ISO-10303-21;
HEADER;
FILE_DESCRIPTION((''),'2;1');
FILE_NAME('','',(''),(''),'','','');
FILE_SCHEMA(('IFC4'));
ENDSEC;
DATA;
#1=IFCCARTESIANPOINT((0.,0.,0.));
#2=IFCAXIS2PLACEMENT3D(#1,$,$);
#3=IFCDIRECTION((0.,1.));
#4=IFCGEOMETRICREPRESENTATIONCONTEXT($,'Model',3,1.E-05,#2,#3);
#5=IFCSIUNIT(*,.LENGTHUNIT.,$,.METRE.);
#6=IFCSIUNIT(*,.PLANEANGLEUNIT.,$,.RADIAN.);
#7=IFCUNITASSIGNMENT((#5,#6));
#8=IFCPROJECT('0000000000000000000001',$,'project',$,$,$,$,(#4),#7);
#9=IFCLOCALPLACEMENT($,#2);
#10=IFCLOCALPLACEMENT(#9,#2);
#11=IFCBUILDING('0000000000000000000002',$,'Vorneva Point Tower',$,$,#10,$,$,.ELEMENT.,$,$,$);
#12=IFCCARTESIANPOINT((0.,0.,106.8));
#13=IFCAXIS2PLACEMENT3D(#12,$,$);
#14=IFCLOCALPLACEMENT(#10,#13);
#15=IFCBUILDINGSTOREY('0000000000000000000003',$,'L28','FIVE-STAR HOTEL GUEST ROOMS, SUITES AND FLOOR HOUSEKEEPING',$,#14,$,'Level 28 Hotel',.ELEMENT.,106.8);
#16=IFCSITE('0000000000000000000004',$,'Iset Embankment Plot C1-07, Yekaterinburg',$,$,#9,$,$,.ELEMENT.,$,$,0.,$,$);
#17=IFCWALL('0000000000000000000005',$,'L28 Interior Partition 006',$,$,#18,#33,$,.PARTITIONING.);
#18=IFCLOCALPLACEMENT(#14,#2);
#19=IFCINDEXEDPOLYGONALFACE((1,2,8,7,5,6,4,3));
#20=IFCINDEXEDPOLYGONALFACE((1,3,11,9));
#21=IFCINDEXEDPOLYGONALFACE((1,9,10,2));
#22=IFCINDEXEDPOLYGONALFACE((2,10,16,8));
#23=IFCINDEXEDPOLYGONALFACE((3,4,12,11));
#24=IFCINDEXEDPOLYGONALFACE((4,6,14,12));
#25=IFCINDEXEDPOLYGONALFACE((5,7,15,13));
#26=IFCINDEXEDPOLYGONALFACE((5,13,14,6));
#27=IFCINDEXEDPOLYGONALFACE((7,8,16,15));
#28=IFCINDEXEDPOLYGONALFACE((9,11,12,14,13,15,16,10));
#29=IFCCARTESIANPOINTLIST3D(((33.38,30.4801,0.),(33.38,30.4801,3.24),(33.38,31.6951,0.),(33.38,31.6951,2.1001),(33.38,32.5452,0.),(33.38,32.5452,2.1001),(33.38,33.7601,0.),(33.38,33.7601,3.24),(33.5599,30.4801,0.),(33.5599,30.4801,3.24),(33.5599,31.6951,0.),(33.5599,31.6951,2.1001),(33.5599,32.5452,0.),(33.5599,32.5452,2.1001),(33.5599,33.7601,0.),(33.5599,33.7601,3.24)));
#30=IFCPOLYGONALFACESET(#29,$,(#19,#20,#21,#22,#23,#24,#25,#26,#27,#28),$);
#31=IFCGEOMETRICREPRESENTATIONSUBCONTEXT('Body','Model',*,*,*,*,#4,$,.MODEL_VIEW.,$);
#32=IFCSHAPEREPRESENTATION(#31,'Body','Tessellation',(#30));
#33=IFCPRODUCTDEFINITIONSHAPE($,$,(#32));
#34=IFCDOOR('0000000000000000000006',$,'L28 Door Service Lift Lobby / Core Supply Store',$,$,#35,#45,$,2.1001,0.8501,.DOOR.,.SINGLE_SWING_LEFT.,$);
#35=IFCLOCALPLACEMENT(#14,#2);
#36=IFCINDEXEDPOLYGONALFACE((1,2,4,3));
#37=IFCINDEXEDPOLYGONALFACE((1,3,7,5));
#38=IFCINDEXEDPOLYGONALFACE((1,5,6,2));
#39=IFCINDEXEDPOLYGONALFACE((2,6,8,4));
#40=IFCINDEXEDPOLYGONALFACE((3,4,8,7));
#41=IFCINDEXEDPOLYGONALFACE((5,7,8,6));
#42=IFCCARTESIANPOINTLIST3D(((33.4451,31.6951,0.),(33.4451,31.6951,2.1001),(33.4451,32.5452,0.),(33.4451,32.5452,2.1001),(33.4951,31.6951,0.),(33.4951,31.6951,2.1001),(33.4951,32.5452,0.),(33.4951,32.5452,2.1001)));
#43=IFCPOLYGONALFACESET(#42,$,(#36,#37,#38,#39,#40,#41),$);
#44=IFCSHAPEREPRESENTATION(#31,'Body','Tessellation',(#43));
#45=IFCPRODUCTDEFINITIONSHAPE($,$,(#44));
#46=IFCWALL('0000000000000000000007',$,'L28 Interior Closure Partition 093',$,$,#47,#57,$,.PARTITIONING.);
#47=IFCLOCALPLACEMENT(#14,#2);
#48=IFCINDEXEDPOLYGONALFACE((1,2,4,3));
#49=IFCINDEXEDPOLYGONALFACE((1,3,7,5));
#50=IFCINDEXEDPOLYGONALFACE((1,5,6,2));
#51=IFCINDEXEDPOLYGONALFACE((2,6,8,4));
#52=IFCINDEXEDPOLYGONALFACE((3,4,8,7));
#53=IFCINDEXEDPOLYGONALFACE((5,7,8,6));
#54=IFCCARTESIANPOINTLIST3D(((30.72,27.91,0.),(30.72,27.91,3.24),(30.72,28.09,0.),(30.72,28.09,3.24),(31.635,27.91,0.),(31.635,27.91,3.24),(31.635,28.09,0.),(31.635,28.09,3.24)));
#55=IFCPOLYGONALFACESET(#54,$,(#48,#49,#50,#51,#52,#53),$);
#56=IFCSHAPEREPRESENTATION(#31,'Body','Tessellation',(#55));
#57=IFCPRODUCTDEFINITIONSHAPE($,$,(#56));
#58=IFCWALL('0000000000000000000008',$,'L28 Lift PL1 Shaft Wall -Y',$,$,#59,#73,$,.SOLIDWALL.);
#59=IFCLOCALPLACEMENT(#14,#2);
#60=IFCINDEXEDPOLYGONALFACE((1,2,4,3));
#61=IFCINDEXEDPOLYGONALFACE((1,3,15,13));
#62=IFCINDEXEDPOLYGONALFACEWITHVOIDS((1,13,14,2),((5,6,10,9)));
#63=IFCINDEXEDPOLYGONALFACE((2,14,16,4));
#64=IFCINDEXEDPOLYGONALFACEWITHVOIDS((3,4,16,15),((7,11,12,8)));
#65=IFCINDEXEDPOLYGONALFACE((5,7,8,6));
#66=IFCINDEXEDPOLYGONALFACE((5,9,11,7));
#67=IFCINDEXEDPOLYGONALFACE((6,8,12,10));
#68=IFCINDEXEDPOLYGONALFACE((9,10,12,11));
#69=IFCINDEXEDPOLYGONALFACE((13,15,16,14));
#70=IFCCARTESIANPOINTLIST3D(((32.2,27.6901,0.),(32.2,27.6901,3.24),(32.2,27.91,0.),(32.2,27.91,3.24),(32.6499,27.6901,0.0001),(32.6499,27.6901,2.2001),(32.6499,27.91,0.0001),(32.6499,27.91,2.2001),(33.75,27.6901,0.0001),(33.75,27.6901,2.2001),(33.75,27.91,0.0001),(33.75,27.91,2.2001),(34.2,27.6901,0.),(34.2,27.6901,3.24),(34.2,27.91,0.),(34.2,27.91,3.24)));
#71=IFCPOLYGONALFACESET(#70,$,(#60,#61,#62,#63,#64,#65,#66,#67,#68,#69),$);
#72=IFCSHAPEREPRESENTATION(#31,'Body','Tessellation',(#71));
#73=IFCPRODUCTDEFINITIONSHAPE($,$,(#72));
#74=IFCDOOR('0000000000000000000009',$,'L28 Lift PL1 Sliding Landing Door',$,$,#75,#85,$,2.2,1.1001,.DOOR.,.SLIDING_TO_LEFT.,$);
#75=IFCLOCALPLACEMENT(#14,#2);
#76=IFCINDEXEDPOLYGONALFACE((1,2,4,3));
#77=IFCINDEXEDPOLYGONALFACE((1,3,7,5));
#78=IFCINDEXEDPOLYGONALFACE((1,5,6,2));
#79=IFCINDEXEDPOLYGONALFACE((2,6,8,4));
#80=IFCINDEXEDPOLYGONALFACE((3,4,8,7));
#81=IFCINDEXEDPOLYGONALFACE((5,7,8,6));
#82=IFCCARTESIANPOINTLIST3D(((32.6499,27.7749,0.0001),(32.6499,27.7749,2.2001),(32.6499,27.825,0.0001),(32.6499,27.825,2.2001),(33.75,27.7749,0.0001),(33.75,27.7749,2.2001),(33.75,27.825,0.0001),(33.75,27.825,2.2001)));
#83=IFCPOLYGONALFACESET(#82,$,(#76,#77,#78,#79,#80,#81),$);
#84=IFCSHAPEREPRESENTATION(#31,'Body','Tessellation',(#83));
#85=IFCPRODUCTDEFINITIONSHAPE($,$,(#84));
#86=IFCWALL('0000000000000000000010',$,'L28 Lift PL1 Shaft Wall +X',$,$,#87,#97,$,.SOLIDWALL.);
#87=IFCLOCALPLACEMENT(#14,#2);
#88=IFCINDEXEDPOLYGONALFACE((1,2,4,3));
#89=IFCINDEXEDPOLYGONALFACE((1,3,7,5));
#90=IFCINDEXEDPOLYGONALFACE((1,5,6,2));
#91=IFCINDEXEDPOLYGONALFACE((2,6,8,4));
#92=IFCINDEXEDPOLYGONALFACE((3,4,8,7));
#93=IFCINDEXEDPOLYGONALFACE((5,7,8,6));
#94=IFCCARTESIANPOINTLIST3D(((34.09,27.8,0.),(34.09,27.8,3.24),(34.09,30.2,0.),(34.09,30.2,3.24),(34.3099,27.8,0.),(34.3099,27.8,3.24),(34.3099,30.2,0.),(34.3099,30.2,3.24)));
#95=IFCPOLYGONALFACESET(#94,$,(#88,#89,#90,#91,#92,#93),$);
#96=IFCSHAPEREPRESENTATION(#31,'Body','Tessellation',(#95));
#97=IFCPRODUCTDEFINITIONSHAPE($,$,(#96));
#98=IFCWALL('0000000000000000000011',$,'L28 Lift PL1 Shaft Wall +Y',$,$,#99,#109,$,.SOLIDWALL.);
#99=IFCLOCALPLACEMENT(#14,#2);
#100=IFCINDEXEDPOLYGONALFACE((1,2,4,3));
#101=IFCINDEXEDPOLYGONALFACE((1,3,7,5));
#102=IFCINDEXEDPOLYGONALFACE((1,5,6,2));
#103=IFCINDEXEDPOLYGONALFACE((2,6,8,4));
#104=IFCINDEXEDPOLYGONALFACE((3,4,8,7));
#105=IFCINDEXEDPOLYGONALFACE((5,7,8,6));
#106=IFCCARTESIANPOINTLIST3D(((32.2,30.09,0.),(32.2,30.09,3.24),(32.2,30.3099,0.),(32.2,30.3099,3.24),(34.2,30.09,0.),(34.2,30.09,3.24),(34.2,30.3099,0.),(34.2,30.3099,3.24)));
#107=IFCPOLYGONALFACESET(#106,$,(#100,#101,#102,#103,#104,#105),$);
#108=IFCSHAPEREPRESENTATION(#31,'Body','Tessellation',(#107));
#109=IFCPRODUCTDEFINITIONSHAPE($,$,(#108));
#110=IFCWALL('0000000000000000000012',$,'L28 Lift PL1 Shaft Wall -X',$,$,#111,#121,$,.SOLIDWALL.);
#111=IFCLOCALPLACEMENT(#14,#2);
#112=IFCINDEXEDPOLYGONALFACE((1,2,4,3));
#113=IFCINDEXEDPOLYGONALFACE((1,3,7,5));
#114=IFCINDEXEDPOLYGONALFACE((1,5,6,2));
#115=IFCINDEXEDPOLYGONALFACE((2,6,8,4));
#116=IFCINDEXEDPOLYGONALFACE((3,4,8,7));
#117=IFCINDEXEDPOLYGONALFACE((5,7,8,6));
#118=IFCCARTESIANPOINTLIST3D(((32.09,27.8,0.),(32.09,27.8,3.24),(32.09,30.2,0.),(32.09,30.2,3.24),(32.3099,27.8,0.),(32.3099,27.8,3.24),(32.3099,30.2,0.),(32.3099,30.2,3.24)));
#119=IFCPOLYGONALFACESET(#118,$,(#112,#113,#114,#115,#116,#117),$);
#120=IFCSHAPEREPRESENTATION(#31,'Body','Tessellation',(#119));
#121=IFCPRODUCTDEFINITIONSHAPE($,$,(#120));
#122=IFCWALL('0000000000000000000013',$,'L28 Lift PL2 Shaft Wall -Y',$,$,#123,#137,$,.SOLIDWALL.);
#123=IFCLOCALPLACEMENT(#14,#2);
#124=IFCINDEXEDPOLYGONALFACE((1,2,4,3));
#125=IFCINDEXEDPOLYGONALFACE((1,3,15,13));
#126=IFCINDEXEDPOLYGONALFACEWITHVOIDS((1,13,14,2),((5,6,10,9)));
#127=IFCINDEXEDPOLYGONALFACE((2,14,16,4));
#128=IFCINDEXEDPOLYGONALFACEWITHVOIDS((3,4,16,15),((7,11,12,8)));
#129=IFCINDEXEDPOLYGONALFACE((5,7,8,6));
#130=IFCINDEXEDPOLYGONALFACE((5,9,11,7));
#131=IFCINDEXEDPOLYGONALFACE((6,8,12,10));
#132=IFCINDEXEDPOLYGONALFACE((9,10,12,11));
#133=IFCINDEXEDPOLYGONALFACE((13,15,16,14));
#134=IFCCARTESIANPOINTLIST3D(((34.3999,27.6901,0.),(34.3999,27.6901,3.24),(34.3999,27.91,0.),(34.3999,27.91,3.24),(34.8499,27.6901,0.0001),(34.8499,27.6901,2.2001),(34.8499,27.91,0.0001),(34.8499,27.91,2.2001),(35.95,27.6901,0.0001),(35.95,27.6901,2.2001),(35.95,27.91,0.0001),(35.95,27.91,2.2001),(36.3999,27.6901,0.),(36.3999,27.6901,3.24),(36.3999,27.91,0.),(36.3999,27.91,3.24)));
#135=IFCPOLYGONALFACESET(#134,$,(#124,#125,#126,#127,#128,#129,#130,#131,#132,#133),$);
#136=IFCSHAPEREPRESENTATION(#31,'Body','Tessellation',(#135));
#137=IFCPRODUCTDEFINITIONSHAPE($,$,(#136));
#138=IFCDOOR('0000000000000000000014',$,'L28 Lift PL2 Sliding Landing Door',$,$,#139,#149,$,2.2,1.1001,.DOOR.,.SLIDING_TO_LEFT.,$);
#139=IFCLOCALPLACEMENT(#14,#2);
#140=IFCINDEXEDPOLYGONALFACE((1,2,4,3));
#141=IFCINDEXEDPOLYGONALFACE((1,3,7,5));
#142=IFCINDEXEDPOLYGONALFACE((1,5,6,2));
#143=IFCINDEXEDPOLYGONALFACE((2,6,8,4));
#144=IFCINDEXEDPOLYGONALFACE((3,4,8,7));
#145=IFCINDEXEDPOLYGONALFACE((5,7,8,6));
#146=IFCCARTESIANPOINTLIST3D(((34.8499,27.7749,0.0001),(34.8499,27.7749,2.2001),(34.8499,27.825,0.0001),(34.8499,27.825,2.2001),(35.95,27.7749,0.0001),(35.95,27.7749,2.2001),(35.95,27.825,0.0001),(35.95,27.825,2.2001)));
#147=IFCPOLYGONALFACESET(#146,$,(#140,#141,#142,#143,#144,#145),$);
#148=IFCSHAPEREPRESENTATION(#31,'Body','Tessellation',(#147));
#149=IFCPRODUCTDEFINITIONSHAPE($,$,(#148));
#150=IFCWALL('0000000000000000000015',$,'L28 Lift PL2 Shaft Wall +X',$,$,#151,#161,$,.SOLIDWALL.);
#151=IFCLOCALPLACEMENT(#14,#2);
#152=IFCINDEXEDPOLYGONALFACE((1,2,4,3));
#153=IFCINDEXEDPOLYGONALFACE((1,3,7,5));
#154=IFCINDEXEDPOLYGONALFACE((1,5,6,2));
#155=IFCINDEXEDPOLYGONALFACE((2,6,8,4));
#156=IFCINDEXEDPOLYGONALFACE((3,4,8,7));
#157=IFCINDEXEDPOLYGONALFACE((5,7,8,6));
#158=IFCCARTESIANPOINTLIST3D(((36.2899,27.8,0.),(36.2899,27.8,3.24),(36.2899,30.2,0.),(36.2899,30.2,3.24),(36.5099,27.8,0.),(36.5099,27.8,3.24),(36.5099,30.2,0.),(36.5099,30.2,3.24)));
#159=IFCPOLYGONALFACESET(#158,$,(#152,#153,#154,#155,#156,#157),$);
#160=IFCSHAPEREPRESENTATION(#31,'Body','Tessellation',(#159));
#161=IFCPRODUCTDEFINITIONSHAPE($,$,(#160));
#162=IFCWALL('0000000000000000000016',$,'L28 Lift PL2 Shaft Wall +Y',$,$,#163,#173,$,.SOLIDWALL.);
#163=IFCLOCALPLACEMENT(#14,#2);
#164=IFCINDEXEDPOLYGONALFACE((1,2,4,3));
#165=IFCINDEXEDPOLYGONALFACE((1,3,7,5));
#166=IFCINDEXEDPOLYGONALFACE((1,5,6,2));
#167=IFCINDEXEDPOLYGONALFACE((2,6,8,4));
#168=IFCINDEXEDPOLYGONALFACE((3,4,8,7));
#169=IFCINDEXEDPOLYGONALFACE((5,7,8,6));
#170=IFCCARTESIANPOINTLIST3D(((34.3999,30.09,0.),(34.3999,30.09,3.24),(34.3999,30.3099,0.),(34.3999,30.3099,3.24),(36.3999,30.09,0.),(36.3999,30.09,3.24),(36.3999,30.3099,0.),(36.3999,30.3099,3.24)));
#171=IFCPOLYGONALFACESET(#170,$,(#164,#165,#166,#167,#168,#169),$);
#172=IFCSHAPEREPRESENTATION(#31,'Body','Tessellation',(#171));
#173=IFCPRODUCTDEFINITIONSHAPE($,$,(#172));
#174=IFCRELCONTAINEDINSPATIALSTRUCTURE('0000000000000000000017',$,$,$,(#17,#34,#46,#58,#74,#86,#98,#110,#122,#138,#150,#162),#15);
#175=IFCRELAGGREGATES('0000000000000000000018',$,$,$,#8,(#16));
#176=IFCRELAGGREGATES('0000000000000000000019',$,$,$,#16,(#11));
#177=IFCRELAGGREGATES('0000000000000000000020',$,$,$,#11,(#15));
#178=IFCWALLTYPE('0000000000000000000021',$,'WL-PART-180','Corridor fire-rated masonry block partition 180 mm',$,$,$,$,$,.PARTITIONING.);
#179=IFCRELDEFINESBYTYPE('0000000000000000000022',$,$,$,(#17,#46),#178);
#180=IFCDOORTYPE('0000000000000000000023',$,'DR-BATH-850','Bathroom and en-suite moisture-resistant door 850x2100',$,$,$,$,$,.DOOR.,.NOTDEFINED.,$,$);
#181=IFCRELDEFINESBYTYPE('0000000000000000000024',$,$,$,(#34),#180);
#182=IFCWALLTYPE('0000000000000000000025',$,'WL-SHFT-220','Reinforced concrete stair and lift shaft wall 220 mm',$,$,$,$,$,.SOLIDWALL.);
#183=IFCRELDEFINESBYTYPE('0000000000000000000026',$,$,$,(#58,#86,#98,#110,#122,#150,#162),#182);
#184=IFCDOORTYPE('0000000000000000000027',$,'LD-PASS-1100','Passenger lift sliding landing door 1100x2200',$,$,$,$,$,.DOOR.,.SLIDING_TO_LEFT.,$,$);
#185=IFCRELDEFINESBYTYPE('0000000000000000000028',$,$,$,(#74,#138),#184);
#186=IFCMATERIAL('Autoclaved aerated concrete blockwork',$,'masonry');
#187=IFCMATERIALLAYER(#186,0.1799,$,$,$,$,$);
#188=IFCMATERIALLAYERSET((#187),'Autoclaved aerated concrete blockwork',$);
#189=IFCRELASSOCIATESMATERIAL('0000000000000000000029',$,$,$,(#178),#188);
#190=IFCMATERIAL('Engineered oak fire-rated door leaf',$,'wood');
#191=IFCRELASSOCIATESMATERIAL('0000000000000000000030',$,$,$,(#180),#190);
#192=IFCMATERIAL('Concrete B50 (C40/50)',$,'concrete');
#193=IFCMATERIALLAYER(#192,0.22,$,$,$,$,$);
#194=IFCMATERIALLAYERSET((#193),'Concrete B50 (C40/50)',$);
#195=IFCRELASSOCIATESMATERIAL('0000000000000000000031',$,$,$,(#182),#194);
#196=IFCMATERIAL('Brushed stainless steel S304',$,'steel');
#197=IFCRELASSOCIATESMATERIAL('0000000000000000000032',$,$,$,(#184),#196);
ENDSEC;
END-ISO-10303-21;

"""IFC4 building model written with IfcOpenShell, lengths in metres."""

from ifc_helpers import new_model, si_unit, direction, frame, frame_2d, origin, place, context, subcontext, project, spatial, rectangle, extrude, material, layer, layer_set, type_object, element, fill, save


model = new_model("IFC4")

# Units and contexts
model_context = context("Model", 3, precision=1e-05, world=origin(), true_north=direction((0.0, 1.0)))
body_context = subcontext(model_context, "Body", "Model", "MODEL_VIEW")
ifc_project = project(units=[si_unit("LENGTHUNIT", "METRE"), si_unit("PLANEANGLEUNIT", "RADIAN")], contexts=[model_context])

# Site, building, storey
site_placement = place(None, origin())
site = spatial("IfcSite", under=ifc_project, at=site_placement, Name="Iset Embankment Plot C1-07, Yekaterinburg", CompositionType="ELEMENT", RefElevation=0.0)
building_placement = place(site_placement, origin())
building = spatial("IfcBuilding", under=site, at=building_placement, Name="Vorneva Point Tower", CompositionType="ELEMENT")
storey_placement = place(building_placement, frame((0.0, 0.0, 106.8)))
storey = spatial("IfcBuildingStorey", under=building, at=storey_placement, Name="L28", Description="FIVE-STAR HOTEL GUEST ROOMS, SUITES AND FLOOR HOUSEKEEPING", LongName="Level 28 Hotel", CompositionType="ELEMENT", Elevation=106.8)

# Shared definitions
ifc_material_1 = material(Name="Brushed stainless steel S304", Category="steel")

# Wall, opening, door
ifc_material_2 = material(Name="Autoclaved aerated concrete blockwork", Category="masonry")
ifc_layer_1 = layer(ifc_material_2, 0.1799)
ifc_layer_set_1 = layer_set([ifc_layer_1], Name="Autoclaved aerated concrete blockwork")
wall_type_1 = type_object("IfcWallType", Name="WL-PART-180", Description="Corridor fire-rated masonry block partition 180 mm", PredefinedType="PARTITIONING", material=ifc_layer_set_1)
wall_1_placement = place(storey_placement, frame((33.47, 30.48, 0.0), z_axis=(0.0, 0.0, 1.0), x_axis=(0.0, 1.0, 0.0)))
wall_1 = element("IfcWall", 1, at=wall_1_placement, inside=storey, type_object=wall_type_1, Name="L28 Interior Partition 006", PredefinedType="PARTITIONING", context=body_context, shape_type="SweptSolid", body=[
    extrude(rectangle(XDim=3.28, YDim=0.1799, at=frame_2d((1.6401, 0.0))), origin(), (0.0, 0.0, 1.0), 3.24),
])
opening_1_placement = place(wall_1_placement, frame((1.2151, 0.0, 0.0)))
opening_1 = element("IfcOpeningElement", 2, at=opening_1_placement, cuts=wall_1, PredefinedType="OPENING", context=body_context, shape_type="SweptSolid", body=[
    extrude(rectangle(XDim=0.8501, YDim=2.1001, at=frame_2d((0.425, 1.05))), frame((0.0, 0.105, 0.0), z_axis=(0.0, -1.0, 0.0), x_axis=(1.0, 0.0, 0.0)), (0.0, 0.0, 1.0), 0.2097),
])
ifc_material_3 = material(Name="Engineered oak fire-rated door leaf", Category="wood")
door_type_1 = type_object("IfcDoorType", Name="DR-BATH-850", Description="Bathroom and en-suite moisture-resistant door 850x2100", OperationType="NOTDEFINED", PredefinedType="DOOR", material=ifc_material_3)
door_1_placement = place(opening_1_placement, origin())
door_1 = element("IfcDoor", 3, at=door_1_placement, inside=storey, type_object=door_type_1, Name="L28 Door Service Lift Lobby / Core Supply Store", OperationType="SINGLE_SWING_LEFT", OverallHeight=2.1001, OverallWidth=0.8501, PredefinedType="DOOR", context=body_context, shape_type="SweptSolid", body=[
    extrude(rectangle(XDim=0.8501, YDim=2.1001, at=frame_2d((0.425, 1.05))), frame((0.0, 0.0249, 0.0), z_axis=(0.0, -1.0, 0.0), x_axis=(1.0, 0.0, 0.0)), (0.0, 0.0, 1.0), 0.05),
])
fill(opening_1, door_1)

# Wall
wall_2_placement = place(storey_placement, frame((31.635, 28.0, 0.0), z_axis=(0.0, 0.0, 1.0), x_axis=(-1.0, 0.0, 0.0)))
element("IfcWall", 4, at=wall_2_placement, inside=storey, type_object=wall_type_1, Name="L28 Interior Closure Partition 093", PredefinedType="PARTITIONING", context=body_context, shape_type="SweptSolid", body=[
    extrude(rectangle(XDim=0.915, YDim=0.1799, at=frame_2d((0.4575, 0.0))), origin(), (0.0, 0.0, 1.0), 3.24),
])

# Wall, opening, door
ifc_material_4 = material(Name="Concrete B50 (C40/50)", Category="concrete")
ifc_layer_2 = layer(ifc_material_4, 0.22)
ifc_layer_set_2 = layer_set([ifc_layer_2], Name="Concrete B50 (C40/50)")
wall_type_2 = type_object("IfcWallType", Name="WL-SHFT-220", Description="Reinforced concrete stair and lift shaft wall 220 mm", PredefinedType="SOLIDWALL", material=ifc_layer_set_2)
wall_3_placement = place(storey_placement, frame((32.2, 27.8, 0.0), z_axis=(0.0, 0.0, 1.0), x_axis=(1.0, 0.0, 0.0)))
wall_3 = element("IfcWall", 5, at=wall_3_placement, inside=storey, type_object=wall_type_2, Name="L28 Lift PL1 Shaft Wall -Y", PredefinedType="SOLIDWALL", context=body_context, shape_type="SweptSolid", body=[
    extrude(rectangle(XDim=2.0, YDim=0.22, at=frame_2d((1.0, 0.0))), origin(), (0.0, 0.0, 1.0), 3.24),
])
opening_2_placement = place(wall_3_placement, frame((0.45, 0.0, 0.0)))
opening_2 = element("IfcOpeningElement", 6, at=opening_2_placement, cuts=wall_3, PredefinedType="OPENING", context=body_context, shape_type="SweptSolid", body=[
    extrude(rectangle(XDim=1.1001, YDim=2.2, at=frame_2d((0.55, 1.1001))), frame((0.0, 0.125, 0.0), z_axis=(0.0, -1.0, 0.0), x_axis=(1.0, 0.0, 0.0)), (0.0, 0.0, 1.0), 0.2498),
])
door_type_2 = type_object("IfcDoorType", Name="LD-PASS-1100", Description="Passenger lift sliding landing door 1100x2200", OperationType="SLIDING_TO_LEFT", PredefinedType="DOOR", material=ifc_material_1)
door_2_placement = place(opening_2_placement, origin())
door_2 = element("IfcDoor", 7, at=door_2_placement, inside=storey, type_object=door_type_2, Name="L28 Lift PL1 Sliding Landing Door", OperationType="SLIDING_TO_LEFT", OverallHeight=2.2, OverallWidth=1.1001, PredefinedType="DOOR", context=body_context, shape_type="SweptSolid", body=[
    extrude(rectangle(XDim=1.1001, YDim=2.2, at=frame_2d((0.55, 1.1001))), frame((0.0, 0.0249, 0.0), z_axis=(0.0, -1.0, 0.0), x_axis=(1.0, 0.0, 0.0)), (0.0, 0.0, 1.0), 0.05),
])
fill(opening_2, door_2)

# Walls
wall_4_placement = place(storey_placement, frame((34.2, 27.8, 0.0), z_axis=(0.0, 0.0, 1.0), x_axis=(0.0, 1.0, 0.0)))
element("IfcWall", 8, at=wall_4_placement, inside=storey, type_object=wall_type_2, Name="L28 Lift PL1 Shaft Wall +X", PredefinedType="SOLIDWALL", context=body_context, shape_type="SweptSolid", body=[
    extrude(rectangle(XDim=2.3999, YDim=0.22, at=frame_2d((1.2, 0.0))), origin(), (0.0, 0.0, 1.0), 3.24),
])
wall_5_placement = place(storey_placement, frame((34.2, 30.2, 0.0), z_axis=(0.0, 0.0, 1.0), x_axis=(-1.0, 0.0, 0.0)))
element("IfcWall", 9, at=wall_5_placement, inside=storey, type_object=wall_type_2, Name="L28 Lift PL1 Shaft Wall +Y", PredefinedType="SOLIDWALL", context=body_context, shape_type="SweptSolid", body=[
    extrude(rectangle(XDim=2.0, YDim=0.22, at=frame_2d((1.0, 0.0))), origin(), (0.0, 0.0, 1.0), 3.24),
])
wall_6_placement = place(storey_placement, frame((32.2, 30.2, 0.0), z_axis=(0.0, 0.0, 1.0), x_axis=(0.0, -1.0, 0.0)))
element("IfcWall", 10, at=wall_6_placement, inside=storey, type_object=wall_type_2, Name="L28 Lift PL1 Shaft Wall -X", PredefinedType="SOLIDWALL", context=body_context, shape_type="SweptSolid", body=[
    extrude(rectangle(XDim=2.3999, YDim=0.22, at=frame_2d((1.2, 0.0))), origin(), (0.0, 0.0, 1.0), 3.24),
])

# Wall, opening, door
wall_7_placement = place(storey_placement, frame((34.3999, 27.8, 0.0), z_axis=(0.0, 0.0, 1.0), x_axis=(1.0, 0.0, 0.0)))
wall_7 = element("IfcWall", 11, at=wall_7_placement, inside=storey, type_object=wall_type_2, Name="L28 Lift PL2 Shaft Wall -Y", PredefinedType="SOLIDWALL", context=body_context, shape_type="SweptSolid", body=[
    extrude(rectangle(XDim=2.0, YDim=0.22, at=frame_2d((1.0, 0.0))), origin(), (0.0, 0.0, 1.0), 3.24),
])
opening_3_placement = place(wall_7_placement, frame((0.45, 0.0, 0.0)))
opening_3 = element("IfcOpeningElement", 12, at=opening_3_placement, cuts=wall_7, PredefinedType="OPENING", context=body_context, shape_type="SweptSolid", body=[
    extrude(rectangle(XDim=1.1001, YDim=2.2, at=frame_2d((0.55, 1.1001))), frame((0.0, 0.125, 0.0), z_axis=(0.0, -1.0, 0.0), x_axis=(1.0, 0.0, 0.0)), (0.0, 0.0, 1.0), 0.2498),
])
door_3_placement = place(opening_3_placement, origin())
door_3 = element("IfcDoor", 13, at=door_3_placement, inside=storey, type_object=door_type_2, Name="L28 Lift PL2 Sliding Landing Door", OperationType="SLIDING_TO_LEFT", OverallHeight=2.2, OverallWidth=1.1001, PredefinedType="DOOR", context=body_context, shape_type="SweptSolid", body=[
    extrude(rectangle(XDim=1.1001, YDim=2.2, at=frame_2d((0.55, 1.1001))), frame((0.0, 0.0249, 0.0), z_axis=(0.0, -1.0, 0.0), x_axis=(1.0, 0.0, 0.0)), (0.0, 0.0, 1.0), 0.05),
])
fill(opening_3, door_3)

# Walls
wall_8_placement = place(storey_placement, frame((36.3999, 27.8, 0.0), z_axis=(0.0, 0.0, 1.0), x_axis=(0.0, 1.0, 0.0)))
element("IfcWall", 14, at=wall_8_placement, inside=storey, type_object=wall_type_2, Name="L28 Lift PL2 Shaft Wall +X", PredefinedType="SOLIDWALL", context=body_context, shape_type="SweptSolid", body=[
    extrude(rectangle(XDim=2.3999, YDim=0.22, at=frame_2d((1.2, 0.0))), origin(), (0.0, 0.0, 1.0), 3.24),
])
wall_9_placement = place(storey_placement, frame((36.3999, 30.2, 0.0), z_axis=(0.0, 0.0, 1.0), x_axis=(-1.0, 0.0, 0.0)))
element("IfcWall", 15, at=wall_9_placement, inside=storey, type_object=wall_type_2, Name="L28 Lift PL2 Shaft Wall +Y", PredefinedType="SOLIDWALL", context=body_context, shape_type="SweptSolid", body=[
    extrude(rectangle(XDim=2.0, YDim=0.22, at=frame_2d((1.0, 0.0))), origin(), (0.0, 0.0, 1.0), 3.24),
])

save(model, "model.ifc")
